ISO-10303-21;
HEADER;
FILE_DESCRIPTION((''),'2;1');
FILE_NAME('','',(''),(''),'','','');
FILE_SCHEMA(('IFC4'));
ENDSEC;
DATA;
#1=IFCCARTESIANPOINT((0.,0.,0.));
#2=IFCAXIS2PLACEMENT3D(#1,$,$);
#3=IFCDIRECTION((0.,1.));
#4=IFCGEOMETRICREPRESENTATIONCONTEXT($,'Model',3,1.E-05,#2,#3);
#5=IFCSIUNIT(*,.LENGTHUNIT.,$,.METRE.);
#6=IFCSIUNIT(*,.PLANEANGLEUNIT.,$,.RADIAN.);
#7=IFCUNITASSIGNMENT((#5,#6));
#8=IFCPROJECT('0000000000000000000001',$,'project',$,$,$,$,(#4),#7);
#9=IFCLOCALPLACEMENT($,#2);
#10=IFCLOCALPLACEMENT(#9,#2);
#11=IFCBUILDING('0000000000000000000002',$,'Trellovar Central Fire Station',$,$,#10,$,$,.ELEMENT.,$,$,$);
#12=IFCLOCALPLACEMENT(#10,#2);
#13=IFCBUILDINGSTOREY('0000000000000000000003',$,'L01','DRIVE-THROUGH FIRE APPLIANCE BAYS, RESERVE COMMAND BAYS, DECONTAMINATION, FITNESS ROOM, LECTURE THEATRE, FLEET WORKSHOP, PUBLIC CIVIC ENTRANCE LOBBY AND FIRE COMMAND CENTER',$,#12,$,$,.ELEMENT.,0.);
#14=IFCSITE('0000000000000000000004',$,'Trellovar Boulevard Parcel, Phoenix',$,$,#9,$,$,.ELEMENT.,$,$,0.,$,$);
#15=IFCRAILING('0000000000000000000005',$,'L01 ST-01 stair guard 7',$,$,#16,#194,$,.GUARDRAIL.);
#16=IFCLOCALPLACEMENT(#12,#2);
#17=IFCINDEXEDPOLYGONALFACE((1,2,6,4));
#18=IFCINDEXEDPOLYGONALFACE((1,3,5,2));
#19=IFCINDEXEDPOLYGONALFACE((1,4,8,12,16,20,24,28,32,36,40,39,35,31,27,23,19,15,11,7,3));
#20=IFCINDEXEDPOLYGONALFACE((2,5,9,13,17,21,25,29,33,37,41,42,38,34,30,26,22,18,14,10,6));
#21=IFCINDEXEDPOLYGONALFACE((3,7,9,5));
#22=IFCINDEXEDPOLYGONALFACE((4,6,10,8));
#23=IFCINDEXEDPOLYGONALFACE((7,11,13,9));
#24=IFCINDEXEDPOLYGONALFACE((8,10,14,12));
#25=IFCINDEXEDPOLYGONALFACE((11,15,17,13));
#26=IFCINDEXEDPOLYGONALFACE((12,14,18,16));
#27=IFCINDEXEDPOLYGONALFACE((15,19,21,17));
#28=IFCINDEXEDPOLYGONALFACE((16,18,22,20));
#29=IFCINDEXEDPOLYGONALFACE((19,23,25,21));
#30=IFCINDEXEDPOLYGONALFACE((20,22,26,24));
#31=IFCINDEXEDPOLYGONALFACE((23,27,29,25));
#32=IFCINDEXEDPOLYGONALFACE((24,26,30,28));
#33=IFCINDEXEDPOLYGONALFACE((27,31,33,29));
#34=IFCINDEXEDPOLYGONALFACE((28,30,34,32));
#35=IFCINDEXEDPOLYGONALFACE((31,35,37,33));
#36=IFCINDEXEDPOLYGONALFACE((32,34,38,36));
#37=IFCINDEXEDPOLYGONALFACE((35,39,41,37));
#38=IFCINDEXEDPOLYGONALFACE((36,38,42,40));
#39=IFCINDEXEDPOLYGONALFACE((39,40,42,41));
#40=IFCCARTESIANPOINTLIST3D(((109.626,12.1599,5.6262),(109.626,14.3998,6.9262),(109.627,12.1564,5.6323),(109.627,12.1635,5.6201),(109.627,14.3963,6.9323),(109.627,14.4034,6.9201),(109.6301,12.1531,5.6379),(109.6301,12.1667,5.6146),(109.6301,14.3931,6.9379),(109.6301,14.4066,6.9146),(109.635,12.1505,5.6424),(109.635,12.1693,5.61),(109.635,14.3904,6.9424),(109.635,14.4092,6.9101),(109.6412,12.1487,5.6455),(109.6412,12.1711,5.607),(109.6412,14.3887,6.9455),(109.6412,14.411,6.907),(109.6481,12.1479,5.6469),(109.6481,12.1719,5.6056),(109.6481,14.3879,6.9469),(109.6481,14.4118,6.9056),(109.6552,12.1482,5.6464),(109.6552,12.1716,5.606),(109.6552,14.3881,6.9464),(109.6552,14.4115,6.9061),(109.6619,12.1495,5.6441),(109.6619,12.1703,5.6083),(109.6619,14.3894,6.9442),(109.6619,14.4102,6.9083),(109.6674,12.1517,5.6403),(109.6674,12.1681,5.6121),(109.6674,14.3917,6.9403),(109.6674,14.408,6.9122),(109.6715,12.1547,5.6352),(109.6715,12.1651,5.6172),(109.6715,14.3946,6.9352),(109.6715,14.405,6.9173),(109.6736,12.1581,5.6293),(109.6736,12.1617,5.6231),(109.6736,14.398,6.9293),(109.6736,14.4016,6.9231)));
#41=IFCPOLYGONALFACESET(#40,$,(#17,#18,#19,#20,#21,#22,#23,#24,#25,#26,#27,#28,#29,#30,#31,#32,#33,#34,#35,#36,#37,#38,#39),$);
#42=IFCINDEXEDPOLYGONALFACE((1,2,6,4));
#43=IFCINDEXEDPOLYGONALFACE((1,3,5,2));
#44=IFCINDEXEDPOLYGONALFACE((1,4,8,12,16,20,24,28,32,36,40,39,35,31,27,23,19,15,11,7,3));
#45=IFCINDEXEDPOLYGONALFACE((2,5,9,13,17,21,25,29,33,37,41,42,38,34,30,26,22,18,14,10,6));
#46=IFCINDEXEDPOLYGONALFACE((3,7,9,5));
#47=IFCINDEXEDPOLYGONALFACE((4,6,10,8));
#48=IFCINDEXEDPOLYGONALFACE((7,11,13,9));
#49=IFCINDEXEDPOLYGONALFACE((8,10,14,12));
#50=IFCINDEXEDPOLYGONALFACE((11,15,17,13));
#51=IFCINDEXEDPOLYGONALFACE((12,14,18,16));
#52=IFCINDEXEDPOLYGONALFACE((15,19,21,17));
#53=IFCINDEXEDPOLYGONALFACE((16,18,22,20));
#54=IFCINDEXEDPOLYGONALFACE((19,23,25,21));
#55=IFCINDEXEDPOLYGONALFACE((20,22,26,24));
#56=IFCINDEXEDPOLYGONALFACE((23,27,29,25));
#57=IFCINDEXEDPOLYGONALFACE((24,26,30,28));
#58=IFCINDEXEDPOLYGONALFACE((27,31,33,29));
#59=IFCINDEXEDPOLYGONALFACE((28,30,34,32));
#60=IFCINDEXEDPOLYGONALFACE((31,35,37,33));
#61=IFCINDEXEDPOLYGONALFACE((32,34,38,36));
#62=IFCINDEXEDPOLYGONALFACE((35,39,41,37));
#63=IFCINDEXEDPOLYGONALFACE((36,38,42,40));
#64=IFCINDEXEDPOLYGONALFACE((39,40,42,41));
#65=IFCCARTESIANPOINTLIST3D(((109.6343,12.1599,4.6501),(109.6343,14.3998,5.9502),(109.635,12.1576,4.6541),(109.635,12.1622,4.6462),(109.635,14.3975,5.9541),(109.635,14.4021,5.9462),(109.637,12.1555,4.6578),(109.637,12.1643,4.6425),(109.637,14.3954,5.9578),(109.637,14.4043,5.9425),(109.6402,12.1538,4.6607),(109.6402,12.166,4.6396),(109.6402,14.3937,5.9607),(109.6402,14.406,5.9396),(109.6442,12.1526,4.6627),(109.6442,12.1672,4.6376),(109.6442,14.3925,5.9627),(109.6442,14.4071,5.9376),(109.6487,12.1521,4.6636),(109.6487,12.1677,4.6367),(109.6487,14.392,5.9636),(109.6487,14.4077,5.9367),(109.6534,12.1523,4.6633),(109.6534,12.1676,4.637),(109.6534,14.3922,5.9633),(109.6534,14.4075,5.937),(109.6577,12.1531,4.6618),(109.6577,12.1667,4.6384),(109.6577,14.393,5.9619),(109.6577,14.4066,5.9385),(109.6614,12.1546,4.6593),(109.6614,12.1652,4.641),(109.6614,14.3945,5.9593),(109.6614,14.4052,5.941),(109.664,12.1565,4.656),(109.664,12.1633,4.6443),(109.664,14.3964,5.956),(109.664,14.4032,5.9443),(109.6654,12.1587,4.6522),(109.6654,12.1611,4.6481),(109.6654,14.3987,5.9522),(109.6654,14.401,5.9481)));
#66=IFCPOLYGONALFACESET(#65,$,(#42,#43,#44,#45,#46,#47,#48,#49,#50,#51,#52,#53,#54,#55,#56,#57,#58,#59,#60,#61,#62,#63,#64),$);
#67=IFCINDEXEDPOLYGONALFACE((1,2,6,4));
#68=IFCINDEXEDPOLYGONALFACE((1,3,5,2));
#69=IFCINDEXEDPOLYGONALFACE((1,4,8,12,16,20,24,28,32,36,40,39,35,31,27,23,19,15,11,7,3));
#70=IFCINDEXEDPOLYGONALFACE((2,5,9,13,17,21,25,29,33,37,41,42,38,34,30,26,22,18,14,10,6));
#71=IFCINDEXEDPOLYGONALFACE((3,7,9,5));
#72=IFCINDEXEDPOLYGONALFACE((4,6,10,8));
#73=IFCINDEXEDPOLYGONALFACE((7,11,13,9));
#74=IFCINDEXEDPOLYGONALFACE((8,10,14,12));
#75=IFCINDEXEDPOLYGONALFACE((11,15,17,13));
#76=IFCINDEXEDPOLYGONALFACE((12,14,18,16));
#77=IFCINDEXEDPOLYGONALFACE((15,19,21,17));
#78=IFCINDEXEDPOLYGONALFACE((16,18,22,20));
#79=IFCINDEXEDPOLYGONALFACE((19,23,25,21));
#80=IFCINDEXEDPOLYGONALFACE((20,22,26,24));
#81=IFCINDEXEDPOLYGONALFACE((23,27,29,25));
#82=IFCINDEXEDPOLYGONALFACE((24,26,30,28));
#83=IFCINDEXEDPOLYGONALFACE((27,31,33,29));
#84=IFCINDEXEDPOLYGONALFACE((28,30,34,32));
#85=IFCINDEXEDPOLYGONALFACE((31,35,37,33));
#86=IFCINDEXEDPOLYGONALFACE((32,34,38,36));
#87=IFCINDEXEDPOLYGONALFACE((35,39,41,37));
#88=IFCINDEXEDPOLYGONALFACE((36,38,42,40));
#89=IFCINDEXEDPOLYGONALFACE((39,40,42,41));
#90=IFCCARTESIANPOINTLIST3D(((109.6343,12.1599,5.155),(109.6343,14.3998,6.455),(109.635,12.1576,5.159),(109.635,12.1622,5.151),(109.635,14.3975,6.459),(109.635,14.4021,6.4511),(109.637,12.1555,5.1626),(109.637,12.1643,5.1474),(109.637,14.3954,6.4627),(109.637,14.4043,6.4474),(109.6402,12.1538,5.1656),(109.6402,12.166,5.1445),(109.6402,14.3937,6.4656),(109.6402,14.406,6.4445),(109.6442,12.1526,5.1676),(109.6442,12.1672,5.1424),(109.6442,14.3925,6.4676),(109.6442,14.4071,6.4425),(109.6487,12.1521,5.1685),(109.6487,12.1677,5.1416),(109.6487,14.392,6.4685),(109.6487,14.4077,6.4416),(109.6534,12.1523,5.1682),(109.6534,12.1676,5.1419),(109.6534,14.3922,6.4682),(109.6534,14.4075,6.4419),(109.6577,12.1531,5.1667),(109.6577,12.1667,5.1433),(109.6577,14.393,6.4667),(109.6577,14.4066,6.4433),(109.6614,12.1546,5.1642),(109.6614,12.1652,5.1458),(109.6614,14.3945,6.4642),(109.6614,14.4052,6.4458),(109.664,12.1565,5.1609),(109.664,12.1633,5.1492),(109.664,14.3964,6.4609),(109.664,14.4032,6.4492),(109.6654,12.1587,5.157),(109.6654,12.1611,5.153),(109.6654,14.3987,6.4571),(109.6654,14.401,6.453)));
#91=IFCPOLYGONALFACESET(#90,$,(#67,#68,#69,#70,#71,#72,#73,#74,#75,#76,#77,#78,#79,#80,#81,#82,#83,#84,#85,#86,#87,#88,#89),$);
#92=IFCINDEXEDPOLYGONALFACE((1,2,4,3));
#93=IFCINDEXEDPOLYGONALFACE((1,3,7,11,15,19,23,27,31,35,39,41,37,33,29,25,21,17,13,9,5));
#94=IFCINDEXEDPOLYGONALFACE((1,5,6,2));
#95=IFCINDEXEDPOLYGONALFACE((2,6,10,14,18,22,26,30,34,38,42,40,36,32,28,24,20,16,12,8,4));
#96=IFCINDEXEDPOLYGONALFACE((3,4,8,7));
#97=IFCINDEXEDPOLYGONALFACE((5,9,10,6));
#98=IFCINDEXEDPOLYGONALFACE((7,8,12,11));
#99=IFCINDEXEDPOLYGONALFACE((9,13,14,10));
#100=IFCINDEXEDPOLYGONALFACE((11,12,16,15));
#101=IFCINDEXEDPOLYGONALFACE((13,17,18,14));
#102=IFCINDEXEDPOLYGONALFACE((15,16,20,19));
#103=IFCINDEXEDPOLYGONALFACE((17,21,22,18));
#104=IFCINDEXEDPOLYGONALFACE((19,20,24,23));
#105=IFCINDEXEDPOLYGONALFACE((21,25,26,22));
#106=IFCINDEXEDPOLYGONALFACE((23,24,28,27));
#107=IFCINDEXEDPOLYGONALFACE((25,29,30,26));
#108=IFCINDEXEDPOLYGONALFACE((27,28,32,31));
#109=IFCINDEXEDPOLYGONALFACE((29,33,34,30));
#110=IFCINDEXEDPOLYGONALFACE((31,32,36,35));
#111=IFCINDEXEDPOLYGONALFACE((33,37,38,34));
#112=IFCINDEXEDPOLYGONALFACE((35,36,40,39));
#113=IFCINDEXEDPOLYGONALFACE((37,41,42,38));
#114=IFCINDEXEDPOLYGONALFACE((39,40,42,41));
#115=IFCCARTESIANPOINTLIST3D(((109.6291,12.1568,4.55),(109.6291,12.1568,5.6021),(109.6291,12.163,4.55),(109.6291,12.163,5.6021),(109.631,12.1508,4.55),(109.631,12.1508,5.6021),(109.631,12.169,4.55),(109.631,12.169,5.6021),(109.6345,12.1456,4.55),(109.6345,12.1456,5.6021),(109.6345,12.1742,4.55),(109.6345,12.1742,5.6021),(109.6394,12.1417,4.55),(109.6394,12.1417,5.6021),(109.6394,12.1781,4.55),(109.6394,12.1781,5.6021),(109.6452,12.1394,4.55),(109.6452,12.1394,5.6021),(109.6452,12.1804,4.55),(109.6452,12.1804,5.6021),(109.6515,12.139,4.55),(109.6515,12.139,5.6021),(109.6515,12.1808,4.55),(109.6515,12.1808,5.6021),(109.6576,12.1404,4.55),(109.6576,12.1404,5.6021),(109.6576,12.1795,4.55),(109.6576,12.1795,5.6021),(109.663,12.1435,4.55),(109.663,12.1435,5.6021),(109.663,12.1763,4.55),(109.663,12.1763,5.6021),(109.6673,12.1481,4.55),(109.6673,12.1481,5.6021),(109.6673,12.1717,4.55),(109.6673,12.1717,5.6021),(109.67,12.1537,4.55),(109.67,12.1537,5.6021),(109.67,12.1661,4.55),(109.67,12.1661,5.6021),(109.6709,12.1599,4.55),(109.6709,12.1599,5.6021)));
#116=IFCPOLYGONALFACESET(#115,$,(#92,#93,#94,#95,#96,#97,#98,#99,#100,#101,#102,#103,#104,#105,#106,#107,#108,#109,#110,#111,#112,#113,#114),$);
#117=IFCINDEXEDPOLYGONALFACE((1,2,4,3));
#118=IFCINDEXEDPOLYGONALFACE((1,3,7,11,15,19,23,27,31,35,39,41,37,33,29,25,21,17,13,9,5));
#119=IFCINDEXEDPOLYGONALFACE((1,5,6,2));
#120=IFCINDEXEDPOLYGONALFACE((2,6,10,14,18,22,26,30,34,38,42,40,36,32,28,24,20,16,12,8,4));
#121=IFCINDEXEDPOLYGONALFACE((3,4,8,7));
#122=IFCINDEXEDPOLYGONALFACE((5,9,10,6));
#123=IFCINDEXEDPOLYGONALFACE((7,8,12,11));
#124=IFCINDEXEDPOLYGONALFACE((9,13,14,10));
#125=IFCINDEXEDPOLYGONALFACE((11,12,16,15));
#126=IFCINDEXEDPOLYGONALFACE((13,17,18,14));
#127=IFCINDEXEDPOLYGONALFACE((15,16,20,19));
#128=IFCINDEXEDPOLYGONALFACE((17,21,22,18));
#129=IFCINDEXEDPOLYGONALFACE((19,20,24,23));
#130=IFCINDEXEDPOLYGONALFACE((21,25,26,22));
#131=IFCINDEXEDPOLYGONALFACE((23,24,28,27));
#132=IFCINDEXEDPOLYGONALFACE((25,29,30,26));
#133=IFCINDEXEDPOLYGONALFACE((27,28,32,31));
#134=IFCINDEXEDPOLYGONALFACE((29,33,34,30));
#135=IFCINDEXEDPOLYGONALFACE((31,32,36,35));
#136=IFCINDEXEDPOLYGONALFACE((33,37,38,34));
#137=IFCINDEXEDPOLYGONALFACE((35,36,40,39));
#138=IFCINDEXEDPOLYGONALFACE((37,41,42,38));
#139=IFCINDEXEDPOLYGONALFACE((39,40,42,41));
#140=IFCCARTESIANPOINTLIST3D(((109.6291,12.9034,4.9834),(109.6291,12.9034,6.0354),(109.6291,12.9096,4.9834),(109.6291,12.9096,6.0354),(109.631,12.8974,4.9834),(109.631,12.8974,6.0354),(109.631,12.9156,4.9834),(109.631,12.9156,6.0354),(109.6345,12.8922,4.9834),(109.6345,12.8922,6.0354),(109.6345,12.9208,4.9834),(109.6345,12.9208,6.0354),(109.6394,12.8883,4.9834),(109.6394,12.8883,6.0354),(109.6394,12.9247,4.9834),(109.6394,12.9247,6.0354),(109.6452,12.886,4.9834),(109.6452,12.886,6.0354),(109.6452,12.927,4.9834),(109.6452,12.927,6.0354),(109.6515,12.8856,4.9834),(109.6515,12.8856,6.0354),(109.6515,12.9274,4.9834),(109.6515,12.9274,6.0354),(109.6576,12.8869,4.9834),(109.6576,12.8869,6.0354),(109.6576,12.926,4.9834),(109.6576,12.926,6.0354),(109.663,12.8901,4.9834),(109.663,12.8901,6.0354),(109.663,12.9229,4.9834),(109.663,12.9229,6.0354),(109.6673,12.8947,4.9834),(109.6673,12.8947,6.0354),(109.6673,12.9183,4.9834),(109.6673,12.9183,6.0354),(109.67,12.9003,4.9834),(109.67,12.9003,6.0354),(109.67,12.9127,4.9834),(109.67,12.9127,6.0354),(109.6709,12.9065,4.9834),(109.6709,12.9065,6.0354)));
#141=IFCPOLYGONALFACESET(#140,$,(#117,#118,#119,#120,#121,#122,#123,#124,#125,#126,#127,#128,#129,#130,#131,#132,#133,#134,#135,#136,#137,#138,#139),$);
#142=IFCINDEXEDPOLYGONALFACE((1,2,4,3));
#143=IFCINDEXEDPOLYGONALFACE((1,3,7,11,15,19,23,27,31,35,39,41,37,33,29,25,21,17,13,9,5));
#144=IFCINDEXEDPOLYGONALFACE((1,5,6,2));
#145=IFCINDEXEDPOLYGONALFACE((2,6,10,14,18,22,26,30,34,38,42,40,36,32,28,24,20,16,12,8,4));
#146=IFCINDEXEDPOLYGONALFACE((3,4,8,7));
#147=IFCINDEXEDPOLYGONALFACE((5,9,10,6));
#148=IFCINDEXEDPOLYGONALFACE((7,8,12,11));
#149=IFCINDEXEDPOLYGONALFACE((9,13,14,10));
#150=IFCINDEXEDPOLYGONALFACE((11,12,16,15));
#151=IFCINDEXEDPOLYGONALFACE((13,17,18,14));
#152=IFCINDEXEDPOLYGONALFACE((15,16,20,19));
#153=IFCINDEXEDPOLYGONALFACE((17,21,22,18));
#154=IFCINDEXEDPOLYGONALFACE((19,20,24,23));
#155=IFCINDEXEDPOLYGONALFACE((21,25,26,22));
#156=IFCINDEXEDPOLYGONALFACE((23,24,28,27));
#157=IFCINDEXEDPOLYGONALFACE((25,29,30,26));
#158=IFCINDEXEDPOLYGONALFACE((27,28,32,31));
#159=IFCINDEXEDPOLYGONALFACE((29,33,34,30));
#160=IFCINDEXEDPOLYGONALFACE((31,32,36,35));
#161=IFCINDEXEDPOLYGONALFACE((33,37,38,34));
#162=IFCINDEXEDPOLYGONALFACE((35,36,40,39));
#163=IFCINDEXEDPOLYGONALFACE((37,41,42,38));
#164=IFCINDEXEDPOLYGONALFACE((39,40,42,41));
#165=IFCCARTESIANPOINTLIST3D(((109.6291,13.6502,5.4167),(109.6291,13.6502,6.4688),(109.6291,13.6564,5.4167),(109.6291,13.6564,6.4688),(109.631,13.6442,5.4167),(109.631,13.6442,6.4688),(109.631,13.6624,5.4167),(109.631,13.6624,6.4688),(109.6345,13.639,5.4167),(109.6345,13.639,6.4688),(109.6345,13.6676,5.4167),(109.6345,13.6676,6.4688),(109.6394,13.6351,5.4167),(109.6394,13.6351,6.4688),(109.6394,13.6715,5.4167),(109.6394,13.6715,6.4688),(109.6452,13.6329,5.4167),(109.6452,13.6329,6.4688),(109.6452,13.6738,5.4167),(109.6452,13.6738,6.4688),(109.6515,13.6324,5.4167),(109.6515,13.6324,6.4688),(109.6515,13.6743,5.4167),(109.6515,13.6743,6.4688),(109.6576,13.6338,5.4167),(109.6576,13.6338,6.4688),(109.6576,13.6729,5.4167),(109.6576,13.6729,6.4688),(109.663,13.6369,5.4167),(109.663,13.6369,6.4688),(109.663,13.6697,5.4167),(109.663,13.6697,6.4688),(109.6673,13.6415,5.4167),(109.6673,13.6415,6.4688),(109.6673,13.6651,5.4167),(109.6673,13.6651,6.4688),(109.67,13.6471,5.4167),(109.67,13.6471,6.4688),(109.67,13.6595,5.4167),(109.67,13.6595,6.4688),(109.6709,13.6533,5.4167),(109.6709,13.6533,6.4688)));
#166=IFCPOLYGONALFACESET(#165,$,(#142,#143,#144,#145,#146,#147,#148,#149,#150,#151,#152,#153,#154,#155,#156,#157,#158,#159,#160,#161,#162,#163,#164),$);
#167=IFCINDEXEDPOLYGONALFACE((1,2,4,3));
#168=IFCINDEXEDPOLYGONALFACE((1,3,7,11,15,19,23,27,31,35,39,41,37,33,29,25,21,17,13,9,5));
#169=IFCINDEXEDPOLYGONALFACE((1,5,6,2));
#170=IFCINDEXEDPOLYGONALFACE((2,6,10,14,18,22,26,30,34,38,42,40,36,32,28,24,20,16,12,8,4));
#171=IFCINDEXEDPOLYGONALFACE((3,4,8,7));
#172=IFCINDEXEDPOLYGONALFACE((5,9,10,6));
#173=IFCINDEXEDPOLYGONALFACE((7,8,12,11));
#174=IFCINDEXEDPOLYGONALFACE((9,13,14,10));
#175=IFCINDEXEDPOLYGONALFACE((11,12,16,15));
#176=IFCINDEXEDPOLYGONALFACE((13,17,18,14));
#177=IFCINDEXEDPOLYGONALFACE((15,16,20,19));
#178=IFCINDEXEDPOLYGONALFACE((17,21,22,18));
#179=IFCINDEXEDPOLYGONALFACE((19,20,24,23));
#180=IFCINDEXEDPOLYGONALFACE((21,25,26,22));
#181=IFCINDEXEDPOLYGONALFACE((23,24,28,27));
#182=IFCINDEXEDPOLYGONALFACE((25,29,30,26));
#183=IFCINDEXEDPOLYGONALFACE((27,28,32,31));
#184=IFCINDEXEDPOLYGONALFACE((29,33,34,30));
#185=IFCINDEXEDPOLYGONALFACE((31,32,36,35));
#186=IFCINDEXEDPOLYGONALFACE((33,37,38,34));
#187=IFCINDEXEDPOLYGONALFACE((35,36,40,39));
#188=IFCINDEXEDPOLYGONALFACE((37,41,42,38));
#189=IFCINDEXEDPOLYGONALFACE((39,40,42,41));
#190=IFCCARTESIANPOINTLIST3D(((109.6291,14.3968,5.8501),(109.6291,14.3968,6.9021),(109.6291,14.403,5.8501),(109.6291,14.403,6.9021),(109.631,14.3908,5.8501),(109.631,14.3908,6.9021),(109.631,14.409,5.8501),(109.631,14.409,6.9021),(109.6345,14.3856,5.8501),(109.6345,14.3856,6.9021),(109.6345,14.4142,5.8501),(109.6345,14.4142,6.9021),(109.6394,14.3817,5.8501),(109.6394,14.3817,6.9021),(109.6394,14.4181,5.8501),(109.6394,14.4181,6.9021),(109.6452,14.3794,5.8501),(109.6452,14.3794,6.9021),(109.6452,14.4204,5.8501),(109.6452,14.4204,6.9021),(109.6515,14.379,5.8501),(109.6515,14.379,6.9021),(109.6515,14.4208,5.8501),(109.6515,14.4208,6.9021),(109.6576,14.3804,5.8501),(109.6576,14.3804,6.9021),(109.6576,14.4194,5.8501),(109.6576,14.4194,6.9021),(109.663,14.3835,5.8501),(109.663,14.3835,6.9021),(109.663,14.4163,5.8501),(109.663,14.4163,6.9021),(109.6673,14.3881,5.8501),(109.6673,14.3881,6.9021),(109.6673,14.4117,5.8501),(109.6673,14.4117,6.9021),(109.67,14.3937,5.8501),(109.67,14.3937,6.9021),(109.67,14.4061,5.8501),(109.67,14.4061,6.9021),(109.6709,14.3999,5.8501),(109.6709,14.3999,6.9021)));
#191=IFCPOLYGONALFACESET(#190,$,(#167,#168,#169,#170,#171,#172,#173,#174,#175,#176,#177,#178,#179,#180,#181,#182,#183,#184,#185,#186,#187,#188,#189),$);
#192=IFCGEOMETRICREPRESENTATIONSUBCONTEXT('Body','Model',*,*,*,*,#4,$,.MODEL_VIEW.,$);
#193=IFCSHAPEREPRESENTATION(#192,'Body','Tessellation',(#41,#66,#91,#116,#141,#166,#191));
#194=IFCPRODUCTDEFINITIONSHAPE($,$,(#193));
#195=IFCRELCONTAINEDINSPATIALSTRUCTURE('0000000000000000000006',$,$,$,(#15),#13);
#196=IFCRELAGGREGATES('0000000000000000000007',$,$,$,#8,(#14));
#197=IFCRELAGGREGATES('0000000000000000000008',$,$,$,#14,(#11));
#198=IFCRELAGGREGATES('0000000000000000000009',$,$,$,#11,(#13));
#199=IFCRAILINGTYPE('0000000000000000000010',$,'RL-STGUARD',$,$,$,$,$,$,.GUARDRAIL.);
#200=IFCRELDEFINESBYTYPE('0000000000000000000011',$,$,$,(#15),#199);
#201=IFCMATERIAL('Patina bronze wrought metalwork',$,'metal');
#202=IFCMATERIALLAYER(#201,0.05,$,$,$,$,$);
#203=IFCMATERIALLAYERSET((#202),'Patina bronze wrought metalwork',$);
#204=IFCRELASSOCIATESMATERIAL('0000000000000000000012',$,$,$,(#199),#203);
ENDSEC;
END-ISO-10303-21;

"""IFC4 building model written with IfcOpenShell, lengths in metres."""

from ifc_helpers import new_model, si_unit, direction, frame, origin, origin_2d, place, context, subcontext, project, spatial, circle, extrude, material, layer, layer_set, type_object, element, save


model = new_model("IFC4")

# Units and contexts
model_context = context("Model", 3, precision=1e-05, world=origin(), true_north=direction((0.0, 1.0)))
body_context = subcontext(model_context, "Body", "Model", "MODEL_VIEW")
ifc_project = project(units=[si_unit("LENGTHUNIT", "METRE"), si_unit("PLANEANGLEUNIT", "RADIAN")], contexts=[model_context])

# Site, building, storey
site_placement = place(None, origin())
site = spatial("IfcSite", under=ifc_project, at=site_placement, Name="Trellovar Boulevard Parcel, Phoenix", CompositionType="ELEMENT", RefElevation=0.0)
building_placement = place(site_placement, origin())
building = spatial("IfcBuilding", under=site, at=building_placement, Name="Trellovar Central Fire Station", CompositionType="ELEMENT")
storey_placement = place(building_placement, origin())
storey = spatial("IfcBuildingStorey", under=building, at=storey_placement, Name="L01", Description="DRIVE-THROUGH FIRE APPLIANCE BAYS, RESERVE COMMAND BAYS, DECONTAMINATION, FITNESS ROOM, LECTURE THEATRE, FLEET WORKSHOP, PUBLIC CIVIC ENTRANCE LOBBY AND FIRE COMMAND CENTER", CompositionType="ELEMENT", Elevation=0.0)

# Railing
ifc_material_1 = material(Name="Patina bronze wrought metalwork", Category="metal")
ifc_layer_1 = layer(ifc_material_1, 0.05)
ifc_layer_set_1 = layer_set([ifc_layer_1], Name="Patina bronze wrought metalwork")
railing_type_1 = type_object("IfcRailingType", Name="RL-STGUARD", PredefinedType="GUARDRAIL", material=ifc_layer_set_1)
railing_1_placement = place(storey_placement, frame((109.6499, 12.1599, 4.55)))
element("IfcRailing", 1, at=railing_1_placement, inside=storey, type_object=railing_type_1, Name="L01 ST-01 stair guard 7", PredefinedType="GUARDRAIL", context=body_context, shape_type="SweptSolid", body=[
    extrude(circle(Radius=0.0239, at=origin_2d()), frame((0.0, 0.0, 1.0762), z_axis=(0.0, 0.864888, 0.501965), x_axis=(-1.0, 0.0, 0.0)), (0.0, 0.0, 1.0), 2.5898),
    extrude(circle(Radius=0.0156, at=origin_2d()), frame((0.0, 0.0, 0.1001), z_axis=(0.0, 0.864888, 0.501965), x_axis=(-1.0, 0.0, 0.0)), (0.0, 0.0, 1.0), 2.5898),
    extrude(circle(Radius=0.0156, at=origin_2d()), frame((0.0, 0.0, 0.605), z_axis=(0.0, 0.864888, 0.501965), x_axis=(-1.0, 0.0, 0.0)), (0.0, 0.0, 1.0), 2.5898),
    extrude(circle(Radius=0.021, at=origin_2d()), origin(), (0.0, 0.0, 1.0), 1.052),
    extrude(circle(Radius=0.021, at=origin_2d()), frame((0.0, 0.7466, 0.4333)), (0.0, 0.0, 1.0), 1.052),
    extrude(circle(Radius=0.021, at=origin_2d()), frame((0.0, 1.4934, 0.8667)), (0.0, 0.0, 1.0), 1.052),
    extrude(circle(Radius=0.021, at=origin_2d()), frame((0.0, 2.24, 1.3)), (0.0, 0.0, 1.0), 1.052),
])

save(model, "model.ifc")
